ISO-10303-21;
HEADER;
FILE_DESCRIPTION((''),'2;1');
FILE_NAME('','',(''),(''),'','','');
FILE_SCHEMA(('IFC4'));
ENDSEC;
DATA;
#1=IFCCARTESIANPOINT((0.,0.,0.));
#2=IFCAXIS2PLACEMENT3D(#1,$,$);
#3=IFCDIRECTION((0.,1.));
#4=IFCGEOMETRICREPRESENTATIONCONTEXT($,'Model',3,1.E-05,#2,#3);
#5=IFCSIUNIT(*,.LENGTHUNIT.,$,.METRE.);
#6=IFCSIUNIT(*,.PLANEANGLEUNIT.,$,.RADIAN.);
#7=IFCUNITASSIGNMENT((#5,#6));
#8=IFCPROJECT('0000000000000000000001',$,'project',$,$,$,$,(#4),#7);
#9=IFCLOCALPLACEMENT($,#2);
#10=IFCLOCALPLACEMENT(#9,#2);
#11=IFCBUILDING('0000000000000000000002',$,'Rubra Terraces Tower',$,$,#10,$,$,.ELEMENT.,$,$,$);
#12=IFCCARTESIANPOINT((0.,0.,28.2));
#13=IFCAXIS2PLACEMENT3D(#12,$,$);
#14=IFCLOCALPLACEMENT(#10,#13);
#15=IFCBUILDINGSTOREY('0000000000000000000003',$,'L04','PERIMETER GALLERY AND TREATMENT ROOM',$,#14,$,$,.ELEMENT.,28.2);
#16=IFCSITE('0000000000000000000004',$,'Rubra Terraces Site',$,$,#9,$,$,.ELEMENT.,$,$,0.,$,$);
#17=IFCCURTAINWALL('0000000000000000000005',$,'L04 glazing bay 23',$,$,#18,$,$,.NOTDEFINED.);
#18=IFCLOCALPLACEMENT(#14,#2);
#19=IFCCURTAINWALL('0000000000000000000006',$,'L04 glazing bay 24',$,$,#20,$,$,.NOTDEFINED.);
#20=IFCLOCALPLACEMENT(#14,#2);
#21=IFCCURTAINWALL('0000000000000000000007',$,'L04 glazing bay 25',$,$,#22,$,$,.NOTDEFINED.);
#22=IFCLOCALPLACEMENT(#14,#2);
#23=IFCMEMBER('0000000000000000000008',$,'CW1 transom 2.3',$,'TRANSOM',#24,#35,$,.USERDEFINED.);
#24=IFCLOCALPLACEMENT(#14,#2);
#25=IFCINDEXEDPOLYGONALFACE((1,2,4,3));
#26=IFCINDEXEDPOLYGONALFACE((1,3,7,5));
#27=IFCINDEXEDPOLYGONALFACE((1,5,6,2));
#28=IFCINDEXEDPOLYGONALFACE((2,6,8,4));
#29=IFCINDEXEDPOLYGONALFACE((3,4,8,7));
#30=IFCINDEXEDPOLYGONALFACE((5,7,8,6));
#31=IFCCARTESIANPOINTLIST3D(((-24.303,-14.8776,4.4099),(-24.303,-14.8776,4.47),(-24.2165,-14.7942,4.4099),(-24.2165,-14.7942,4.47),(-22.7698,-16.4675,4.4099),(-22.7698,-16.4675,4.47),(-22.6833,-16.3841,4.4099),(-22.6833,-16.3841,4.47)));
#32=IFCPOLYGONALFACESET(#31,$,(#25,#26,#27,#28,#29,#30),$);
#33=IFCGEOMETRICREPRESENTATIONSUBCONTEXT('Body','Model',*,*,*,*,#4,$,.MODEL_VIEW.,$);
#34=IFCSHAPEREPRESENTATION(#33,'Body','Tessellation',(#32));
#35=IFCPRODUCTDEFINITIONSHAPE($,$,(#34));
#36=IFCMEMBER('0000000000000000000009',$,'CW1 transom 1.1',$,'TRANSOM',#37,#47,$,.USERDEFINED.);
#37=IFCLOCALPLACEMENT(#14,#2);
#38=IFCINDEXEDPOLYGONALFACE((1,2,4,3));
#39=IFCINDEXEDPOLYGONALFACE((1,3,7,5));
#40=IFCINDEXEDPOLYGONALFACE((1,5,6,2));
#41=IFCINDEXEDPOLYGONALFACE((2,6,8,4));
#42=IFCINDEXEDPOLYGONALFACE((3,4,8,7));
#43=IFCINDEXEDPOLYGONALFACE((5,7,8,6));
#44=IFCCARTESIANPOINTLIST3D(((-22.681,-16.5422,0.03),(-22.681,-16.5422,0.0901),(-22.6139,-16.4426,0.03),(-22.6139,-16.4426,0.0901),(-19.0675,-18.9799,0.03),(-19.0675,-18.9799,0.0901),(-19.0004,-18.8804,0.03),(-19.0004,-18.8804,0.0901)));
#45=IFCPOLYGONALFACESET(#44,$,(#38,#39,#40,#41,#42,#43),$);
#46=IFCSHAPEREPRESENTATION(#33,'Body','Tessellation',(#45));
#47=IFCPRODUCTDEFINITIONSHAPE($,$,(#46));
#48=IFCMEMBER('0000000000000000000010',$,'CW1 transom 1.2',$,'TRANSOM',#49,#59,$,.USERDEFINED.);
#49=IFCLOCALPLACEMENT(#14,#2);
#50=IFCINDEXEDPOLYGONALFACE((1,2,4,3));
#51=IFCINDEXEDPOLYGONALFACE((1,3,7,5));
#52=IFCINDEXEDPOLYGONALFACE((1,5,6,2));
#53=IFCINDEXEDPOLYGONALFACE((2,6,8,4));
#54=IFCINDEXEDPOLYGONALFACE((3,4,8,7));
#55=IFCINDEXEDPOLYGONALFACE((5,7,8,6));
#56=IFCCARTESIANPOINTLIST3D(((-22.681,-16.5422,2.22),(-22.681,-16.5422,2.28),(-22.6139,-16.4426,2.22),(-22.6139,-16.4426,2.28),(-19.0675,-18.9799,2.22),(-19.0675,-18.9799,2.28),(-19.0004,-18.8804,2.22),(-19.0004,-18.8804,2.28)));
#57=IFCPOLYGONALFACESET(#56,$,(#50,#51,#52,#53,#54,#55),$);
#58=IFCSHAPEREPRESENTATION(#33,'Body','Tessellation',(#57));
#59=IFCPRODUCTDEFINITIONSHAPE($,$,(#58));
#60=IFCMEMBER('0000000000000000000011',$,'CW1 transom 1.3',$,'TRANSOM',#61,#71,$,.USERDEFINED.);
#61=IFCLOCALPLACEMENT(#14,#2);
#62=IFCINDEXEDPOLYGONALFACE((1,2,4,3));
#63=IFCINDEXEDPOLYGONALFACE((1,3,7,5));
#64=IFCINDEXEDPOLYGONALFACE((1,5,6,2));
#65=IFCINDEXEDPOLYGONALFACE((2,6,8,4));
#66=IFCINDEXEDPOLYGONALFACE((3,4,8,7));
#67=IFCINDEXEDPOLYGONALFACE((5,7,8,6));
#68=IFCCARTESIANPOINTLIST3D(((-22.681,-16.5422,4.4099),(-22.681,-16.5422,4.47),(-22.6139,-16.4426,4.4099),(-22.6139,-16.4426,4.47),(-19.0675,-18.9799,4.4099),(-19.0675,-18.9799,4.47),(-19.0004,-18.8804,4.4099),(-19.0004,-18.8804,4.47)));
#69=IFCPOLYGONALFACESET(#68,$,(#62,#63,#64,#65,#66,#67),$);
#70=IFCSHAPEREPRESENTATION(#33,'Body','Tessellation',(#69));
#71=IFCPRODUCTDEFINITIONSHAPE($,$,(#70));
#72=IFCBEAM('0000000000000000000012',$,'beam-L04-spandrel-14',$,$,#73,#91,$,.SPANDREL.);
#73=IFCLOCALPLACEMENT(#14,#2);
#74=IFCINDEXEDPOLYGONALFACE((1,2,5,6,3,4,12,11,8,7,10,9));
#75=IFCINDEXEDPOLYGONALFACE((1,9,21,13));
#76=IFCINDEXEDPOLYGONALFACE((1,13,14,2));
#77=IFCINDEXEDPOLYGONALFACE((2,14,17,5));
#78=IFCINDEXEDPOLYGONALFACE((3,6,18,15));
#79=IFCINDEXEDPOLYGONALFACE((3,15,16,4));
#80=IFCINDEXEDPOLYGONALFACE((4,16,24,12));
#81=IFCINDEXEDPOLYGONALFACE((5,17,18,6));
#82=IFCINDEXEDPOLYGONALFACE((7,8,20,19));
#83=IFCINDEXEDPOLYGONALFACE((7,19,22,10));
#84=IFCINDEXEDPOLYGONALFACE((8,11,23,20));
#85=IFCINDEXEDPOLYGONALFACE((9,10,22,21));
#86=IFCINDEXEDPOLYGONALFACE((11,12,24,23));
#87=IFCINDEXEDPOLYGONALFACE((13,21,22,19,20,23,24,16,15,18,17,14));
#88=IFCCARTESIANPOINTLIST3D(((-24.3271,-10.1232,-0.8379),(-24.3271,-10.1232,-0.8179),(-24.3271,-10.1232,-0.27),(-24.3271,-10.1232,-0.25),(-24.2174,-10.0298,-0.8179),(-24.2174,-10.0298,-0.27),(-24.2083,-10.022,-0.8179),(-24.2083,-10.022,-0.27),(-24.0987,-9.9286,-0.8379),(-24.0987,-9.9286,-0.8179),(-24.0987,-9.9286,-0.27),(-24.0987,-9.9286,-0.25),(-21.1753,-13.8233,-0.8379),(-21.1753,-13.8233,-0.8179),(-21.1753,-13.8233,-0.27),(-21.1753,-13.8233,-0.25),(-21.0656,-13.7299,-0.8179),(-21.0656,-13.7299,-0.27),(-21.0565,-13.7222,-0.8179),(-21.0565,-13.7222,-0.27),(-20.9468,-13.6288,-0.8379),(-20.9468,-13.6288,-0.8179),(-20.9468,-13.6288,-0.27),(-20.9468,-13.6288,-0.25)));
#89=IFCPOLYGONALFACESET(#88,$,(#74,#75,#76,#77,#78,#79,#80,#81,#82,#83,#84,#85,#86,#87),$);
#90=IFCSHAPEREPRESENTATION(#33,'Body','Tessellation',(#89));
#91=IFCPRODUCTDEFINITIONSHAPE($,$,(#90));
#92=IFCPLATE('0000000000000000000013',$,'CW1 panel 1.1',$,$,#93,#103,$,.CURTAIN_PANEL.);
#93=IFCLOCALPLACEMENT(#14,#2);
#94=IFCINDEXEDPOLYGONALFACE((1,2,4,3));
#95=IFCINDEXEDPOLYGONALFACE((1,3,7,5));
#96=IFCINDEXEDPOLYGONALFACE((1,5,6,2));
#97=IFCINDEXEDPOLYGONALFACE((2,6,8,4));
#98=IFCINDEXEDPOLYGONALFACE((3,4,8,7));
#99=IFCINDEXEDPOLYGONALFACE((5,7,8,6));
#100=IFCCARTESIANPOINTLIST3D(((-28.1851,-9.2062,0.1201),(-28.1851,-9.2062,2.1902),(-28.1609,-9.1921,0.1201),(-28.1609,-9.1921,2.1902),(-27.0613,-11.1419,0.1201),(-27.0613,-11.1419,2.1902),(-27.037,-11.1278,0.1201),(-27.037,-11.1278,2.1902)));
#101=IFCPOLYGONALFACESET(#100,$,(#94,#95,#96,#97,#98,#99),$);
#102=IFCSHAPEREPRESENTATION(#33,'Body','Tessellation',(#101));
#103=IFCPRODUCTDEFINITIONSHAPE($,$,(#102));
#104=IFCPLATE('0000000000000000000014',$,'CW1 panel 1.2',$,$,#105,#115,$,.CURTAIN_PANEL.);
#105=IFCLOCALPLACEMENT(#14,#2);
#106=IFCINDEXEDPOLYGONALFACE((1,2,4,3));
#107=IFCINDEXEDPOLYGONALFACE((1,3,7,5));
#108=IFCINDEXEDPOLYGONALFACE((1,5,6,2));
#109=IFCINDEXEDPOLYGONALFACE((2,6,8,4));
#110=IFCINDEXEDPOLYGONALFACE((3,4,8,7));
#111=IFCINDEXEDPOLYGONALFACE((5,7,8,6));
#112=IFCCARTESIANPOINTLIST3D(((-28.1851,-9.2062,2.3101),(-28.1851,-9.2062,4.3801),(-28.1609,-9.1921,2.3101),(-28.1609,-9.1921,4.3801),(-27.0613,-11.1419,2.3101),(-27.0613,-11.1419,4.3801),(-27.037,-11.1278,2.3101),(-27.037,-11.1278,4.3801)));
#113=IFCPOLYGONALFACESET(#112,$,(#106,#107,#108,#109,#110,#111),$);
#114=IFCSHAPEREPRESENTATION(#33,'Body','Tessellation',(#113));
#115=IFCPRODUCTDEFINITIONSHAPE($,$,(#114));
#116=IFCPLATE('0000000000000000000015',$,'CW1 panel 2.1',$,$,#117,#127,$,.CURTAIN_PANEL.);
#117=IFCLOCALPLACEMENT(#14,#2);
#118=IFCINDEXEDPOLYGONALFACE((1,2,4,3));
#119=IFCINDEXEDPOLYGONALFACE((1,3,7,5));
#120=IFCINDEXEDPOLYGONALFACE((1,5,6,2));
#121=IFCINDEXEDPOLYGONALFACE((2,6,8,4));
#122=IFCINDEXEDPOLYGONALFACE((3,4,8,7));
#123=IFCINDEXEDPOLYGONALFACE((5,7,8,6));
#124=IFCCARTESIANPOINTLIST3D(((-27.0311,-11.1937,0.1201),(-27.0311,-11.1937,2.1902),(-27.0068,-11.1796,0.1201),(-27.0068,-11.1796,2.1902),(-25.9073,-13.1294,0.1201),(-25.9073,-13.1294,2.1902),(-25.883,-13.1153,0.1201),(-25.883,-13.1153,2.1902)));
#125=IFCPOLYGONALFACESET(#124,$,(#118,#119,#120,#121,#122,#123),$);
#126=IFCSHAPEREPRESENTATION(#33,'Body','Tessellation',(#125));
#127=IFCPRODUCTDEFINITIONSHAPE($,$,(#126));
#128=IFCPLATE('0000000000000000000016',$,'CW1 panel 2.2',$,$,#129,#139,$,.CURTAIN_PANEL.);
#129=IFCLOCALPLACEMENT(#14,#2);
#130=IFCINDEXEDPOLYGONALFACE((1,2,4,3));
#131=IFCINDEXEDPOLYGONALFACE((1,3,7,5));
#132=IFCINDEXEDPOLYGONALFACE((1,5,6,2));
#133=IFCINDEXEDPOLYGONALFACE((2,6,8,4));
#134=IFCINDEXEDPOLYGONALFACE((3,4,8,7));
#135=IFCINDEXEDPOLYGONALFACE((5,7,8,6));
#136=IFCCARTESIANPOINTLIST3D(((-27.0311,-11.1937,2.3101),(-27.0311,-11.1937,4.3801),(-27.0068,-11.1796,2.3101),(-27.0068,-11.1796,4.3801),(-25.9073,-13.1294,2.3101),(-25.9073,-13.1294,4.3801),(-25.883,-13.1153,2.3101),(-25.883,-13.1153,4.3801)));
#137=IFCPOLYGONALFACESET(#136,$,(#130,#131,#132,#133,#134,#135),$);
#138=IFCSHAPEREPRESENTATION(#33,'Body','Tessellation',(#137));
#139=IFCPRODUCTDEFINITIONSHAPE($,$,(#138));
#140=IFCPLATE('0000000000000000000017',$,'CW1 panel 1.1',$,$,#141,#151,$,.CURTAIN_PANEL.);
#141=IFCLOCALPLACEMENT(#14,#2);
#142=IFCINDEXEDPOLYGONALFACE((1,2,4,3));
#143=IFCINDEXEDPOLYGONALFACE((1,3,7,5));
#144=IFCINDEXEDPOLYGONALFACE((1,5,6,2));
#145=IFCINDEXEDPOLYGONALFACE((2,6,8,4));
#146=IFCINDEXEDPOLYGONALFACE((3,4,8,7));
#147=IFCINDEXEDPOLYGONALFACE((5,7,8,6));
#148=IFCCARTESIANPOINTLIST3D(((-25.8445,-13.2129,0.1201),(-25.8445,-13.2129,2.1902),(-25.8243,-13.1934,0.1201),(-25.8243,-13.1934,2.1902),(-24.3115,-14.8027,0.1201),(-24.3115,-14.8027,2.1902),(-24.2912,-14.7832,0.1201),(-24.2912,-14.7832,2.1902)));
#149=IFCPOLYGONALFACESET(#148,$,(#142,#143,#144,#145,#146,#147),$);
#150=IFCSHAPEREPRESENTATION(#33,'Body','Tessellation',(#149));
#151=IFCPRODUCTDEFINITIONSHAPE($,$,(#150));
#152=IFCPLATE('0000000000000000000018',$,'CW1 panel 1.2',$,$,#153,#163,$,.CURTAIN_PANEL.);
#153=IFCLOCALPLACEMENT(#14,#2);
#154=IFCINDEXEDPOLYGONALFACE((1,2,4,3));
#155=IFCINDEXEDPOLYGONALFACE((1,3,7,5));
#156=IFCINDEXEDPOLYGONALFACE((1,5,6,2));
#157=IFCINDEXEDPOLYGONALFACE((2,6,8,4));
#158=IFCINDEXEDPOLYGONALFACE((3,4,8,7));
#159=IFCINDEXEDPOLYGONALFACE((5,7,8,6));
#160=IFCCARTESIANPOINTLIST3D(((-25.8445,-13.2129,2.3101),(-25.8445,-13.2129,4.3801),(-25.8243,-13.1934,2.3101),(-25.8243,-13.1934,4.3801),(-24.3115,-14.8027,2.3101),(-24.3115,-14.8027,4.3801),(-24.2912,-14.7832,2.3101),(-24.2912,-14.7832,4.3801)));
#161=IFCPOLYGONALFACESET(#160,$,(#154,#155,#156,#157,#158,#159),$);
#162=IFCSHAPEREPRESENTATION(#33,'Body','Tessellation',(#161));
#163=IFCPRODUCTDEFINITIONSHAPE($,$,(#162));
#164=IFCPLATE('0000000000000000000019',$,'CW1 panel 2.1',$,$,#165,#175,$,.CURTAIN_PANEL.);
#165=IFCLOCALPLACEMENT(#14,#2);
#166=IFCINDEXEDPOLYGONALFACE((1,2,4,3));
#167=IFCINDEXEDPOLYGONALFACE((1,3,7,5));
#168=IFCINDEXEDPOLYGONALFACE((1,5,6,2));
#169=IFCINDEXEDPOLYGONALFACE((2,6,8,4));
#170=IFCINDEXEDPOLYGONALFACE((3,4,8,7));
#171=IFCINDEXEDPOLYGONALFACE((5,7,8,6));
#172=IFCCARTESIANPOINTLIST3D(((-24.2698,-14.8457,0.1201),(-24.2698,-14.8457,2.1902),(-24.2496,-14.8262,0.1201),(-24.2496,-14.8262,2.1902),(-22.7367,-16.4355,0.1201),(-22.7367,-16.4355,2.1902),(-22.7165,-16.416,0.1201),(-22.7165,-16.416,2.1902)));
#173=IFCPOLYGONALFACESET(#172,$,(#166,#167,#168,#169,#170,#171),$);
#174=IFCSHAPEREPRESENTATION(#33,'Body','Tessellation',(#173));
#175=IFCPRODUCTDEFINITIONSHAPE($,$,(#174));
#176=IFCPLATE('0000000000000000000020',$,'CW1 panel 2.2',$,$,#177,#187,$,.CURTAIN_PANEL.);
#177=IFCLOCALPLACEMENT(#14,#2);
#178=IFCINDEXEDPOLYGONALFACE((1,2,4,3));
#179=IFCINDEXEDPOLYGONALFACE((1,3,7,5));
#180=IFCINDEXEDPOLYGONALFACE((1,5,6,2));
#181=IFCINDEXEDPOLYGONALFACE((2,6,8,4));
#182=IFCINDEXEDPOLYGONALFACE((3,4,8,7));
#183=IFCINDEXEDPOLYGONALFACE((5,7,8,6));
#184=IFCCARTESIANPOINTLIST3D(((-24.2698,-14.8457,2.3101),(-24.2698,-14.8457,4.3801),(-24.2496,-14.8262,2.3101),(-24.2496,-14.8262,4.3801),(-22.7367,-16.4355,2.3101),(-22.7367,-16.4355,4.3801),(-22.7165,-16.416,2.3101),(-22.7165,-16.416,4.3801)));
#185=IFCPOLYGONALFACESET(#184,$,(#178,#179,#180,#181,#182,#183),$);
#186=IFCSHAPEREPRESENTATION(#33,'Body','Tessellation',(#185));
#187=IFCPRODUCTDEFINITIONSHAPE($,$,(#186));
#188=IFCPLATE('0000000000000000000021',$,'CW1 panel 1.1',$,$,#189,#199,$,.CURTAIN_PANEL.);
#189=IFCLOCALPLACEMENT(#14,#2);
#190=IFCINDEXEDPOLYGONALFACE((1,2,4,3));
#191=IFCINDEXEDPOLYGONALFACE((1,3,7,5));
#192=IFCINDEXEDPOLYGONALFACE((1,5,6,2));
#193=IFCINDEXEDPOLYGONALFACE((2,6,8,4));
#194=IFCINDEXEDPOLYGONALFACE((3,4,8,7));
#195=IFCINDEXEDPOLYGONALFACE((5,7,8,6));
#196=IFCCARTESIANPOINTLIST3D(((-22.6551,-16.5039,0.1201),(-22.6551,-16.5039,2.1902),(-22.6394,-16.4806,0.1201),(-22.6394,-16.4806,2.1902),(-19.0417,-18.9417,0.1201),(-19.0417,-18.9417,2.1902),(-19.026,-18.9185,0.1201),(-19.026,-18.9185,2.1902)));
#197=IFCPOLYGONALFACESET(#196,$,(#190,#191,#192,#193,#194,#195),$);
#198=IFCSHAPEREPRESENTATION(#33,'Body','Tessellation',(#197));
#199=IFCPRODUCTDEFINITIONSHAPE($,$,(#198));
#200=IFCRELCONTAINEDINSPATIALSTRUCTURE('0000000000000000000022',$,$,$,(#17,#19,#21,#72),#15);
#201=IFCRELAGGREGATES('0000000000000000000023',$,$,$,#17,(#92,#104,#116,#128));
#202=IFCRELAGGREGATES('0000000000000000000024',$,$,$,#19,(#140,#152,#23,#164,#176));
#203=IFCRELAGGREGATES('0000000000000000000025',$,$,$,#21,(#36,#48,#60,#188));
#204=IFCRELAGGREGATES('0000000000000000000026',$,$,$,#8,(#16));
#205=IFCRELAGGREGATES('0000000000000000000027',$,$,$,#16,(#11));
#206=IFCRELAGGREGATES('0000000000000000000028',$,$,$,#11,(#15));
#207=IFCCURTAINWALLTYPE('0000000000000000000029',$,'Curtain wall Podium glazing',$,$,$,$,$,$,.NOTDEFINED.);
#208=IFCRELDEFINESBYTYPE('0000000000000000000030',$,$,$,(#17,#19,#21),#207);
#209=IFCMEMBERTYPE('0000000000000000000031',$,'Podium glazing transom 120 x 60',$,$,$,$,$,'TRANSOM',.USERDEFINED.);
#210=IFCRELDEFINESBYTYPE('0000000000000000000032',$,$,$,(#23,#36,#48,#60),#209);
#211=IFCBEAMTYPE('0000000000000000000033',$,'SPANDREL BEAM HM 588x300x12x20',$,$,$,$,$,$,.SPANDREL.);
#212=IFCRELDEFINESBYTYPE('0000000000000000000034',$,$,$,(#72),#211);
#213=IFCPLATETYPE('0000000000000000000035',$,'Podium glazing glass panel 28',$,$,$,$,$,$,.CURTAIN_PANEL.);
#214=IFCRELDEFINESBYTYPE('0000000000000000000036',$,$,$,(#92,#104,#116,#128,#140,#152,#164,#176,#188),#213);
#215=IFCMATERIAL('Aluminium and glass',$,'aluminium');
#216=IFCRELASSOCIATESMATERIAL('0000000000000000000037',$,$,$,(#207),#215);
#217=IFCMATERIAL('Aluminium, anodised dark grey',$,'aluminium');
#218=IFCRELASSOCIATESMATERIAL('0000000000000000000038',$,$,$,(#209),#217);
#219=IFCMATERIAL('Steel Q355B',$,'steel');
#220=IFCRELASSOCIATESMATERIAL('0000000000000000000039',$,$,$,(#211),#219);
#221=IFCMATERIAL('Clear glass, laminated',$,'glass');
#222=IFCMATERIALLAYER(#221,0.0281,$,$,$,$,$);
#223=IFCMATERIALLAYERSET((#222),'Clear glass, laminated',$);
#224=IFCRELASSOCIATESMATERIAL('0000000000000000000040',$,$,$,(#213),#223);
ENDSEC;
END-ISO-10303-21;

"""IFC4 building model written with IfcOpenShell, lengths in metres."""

from ifc_helpers import new_model, si_unit, direction, frame, origin, origin_2d, place, context, subcontext, project, spatial, rectangle, i_section, extrude, material, layer, layer_set, material_profile, profile_set, type_object, element, aggregate, save


model = new_model("IFC4")

# Units and contexts
model_context = context("Model", 3, precision=1e-05, world=origin(), true_north=direction((0.0, 1.0)))
body_context = subcontext(model_context, "Body", "Model", "MODEL_VIEW")
ifc_project = project(units=[si_unit("LENGTHUNIT", "METRE"), si_unit("PLANEANGLEUNIT", "RADIAN")], contexts=[model_context])

# Site, building, storey
site_placement = place(None, origin())
site = spatial("IfcSite", under=ifc_project, at=site_placement, Name="Rubra Terraces Site", CompositionType="ELEMENT", RefElevation=0.0)
building_placement = place(site_placement, origin())
building = spatial("IfcBuilding", under=site, at=building_placement, Name="Rubra Terraces Tower", CompositionType="ELEMENT")
storey_placement = place(building_placement, frame((0.0, 0.0, 28.2)))
storey = spatial("IfcBuildingStorey", under=building, at=storey_placement, Name="L04", Description="PERIMETER GALLERY AND TREATMENT ROOM", CompositionType="ELEMENT", Elevation=28.2)

# Shared definitions
ifc_material_1 = material(Name="Steel Q355B", Category="steel")

# Curtain wall
ifc_material_2 = material(Name="Aluminium and glass", Category="aluminium")
curtain_wall_type = type_object("IfcCurtainWallType", Name="Curtain wall Podium glazing", PredefinedType="NOTDEFINED", material=ifc_material_2)
curtain_wall_1_placement = place(storey_placement, origin())
curtain_wall_1 = element("IfcCurtainWall", 1, at=curtain_wall_1_placement, inside=storey, type_object=curtain_wall_type, Name="L04 glazing bay 23", PredefinedType="NOTDEFINED")
ifc_material_3 = material(Name="Aluminium, anodised dark grey", Category="aluminium")

# Curtain wall
curtain_wall_2_placement = place(storey_placement, origin())
curtain_wall_2 = element("IfcCurtainWall", 2, at=curtain_wall_2_placement, inside=storey, type_object=curtain_wall_type, Name="L04 glazing bay 24", PredefinedType="NOTDEFINED")

# Curtain wall
curtain_wall_3_placement = place(storey_placement, origin())
curtain_wall_3 = element("IfcCurtainWall", 3, at=curtain_wall_3_placement, inside=storey, type_object=curtain_wall_type, Name="L04 glazing bay 25", PredefinedType="NOTDEFINED")

# Members
ifc_material_profile_1 = material_profile(ifc_material_3, rectangle(XDim=0.1201, YDim=0.0601, at=origin_2d()), Name="AL 120x60")
ifc_profile_set_1 = profile_set([ifc_material_profile_1], Name="Aluminium, anodised dark grey")
member_type_1 = type_object("IfcMemberType", Name="Podium glazing transom 120 x 60", ElementType="TRANSOM", PredefinedType="USERDEFINED", material=ifc_profile_set_1)
member_1_placement = place(storey_placement, frame((-24.2598, -14.8359, 4.4399), z_axis=(0.694168, -0.719813, 0.0), x_axis=(0.719813, 0.694168, 0.0)))
member_1 = element("IfcMember", 4, at=member_1_placement, type_object=member_type_1, Name="CW1 transom 2.3", ObjectType="TRANSOM", PredefinedType="USERDEFINED", context=body_context, shape_type="SweptSolid", body=[
    extrude(rectangle(XDim=0.1201, YDim=0.0601, at=origin_2d()), origin(), (0.0, 0.0, 1.0), 2.2087),
])
member_2_placement = place(storey_placement, frame((-22.6475, -16.4924, 0.0601), z_axis=(0.828996, -0.559254, 0.0), x_axis=(0.559254, 0.828996, 0.0)))
member_2 = element("IfcMember", 5, at=member_2_placement, type_object=member_type_1, Name="CW1 transom 1.1", ObjectType="TRANSOM", PredefinedType="USERDEFINED", context=body_context, shape_type="SweptSolid", body=[
    extrude(rectangle(XDim=0.1201, YDim=0.0601, at=origin_2d()), origin(), (0.0, 0.0, 1.0), 4.3589),
])
member_3_placement = place(storey_placement, frame((-22.6475, -16.4924, 2.25), z_axis=(0.828996, -0.559254, 0.0), x_axis=(0.559254, 0.828996, 0.0)))
member_3 = element("IfcMember", 6, at=member_3_placement, type_object=member_type_1, Name="CW1 transom 1.2", ObjectType="TRANSOM", PredefinedType="USERDEFINED", context=body_context, shape_type="SweptSolid", body=[
    extrude(rectangle(XDim=0.1201, YDim=0.0601, at=origin_2d()), origin(), (0.0, 0.0, 1.0), 4.3589),
])
member_4_placement = place(storey_placement, frame((-22.6475, -16.4924, 4.4399), z_axis=(0.828996, -0.559254, 0.0), x_axis=(0.559254, 0.828996, 0.0)))
member_4 = element("IfcMember", 7, at=member_4_placement, type_object=member_type_1, Name="CW1 transom 1.3", ObjectType="TRANSOM", PredefinedType="USERDEFINED", context=body_context, shape_type="SweptSolid", body=[
    extrude(rectangle(XDim=0.1201, YDim=0.0601, at=origin_2d()), origin(), (0.0, 0.0, 1.0), 4.3589),
])

# Beam
ifc_material_profile_2 = material_profile(ifc_material_1, i_section(OverallWidth=0.3, OverallDepth=0.5879, WebThickness=0.012, FlangeThickness=0.02, at=origin_2d()), Name="HM 588x300x12x20")
ifc_profile_set_2 = profile_set([ifc_material_profile_2], Name="Steel Q355B")
beam_type_1 = type_object("IfcBeamType", Name="SPANDREL BEAM HM 588x300x12x20", PredefinedType="SPANDREL", material=ifc_profile_set_2)
beam_1_placement = place(storey_placement, frame((-24.2129, -10.0259, -0.5439), z_axis=(0.648447, -0.76126, 0.0), x_axis=(0.76126, 0.648447, 0.0)))
element("IfcBeam", 8, at=beam_1_placement, inside=storey, type_object=beam_type_1, Name="beam-L04-spandrel-14", PredefinedType="SPANDREL", context=body_context, shape_type="SweptSolid", body=[
    extrude(i_section(OverallWidth=0.3, OverallDepth=0.5879, WebThickness=0.012, FlangeThickness=0.02, at=origin_2d()), origin(), (0.0, 0.0, 1.0), 4.8606),
])

# Plates
ifc_material_4 = material(Name="Clear glass, laminated", Category="glass")
ifc_layer_1 = layer(ifc_material_4, 0.0281)
ifc_layer_set_1 = layer_set([ifc_layer_1], Name="Clear glass, laminated")
plate_type = type_object("IfcPlateType", Name="Podium glazing glass panel 28", PredefinedType="CURTAIN_PANEL", material=ifc_layer_set_1)
plate_1_placement = place(storey_placement, frame((-27.6111, -10.167, 0.1201), z_axis=(0.0, 0.0, 1.0), x_axis=(0.502094, -0.864813, 0.0)))
plate_1 = element("IfcPlate", 9, at=plate_1_placement, type_object=plate_type, Name="CW1 panel 1.1", PredefinedType="CURTAIN_PANEL", context=body_context, shape_type="SweptSolid", body=[
    extrude(rectangle(XDim=2.2383, YDim=0.0281, at=origin_2d()), origin(), (0.0, 0.0, 1.0), 2.0701),
])
plate_2_placement = place(storey_placement, frame((-27.6111, -10.167, 2.3101), z_axis=(0.0, 0.0, 1.0), x_axis=(0.502094, -0.864813, 0.0)))
plate_2 = element("IfcPlate", 10, at=plate_2_placement, type_object=plate_type, Name="CW1 panel 1.2", PredefinedType="CURTAIN_PANEL", context=body_context, shape_type="SweptSolid", body=[
    extrude(rectangle(XDim=2.2383, YDim=0.0281, at=origin_2d()), origin(), (0.0, 0.0, 1.0), 2.0701),
])
plate_3_placement = place(storey_placement, frame((-26.457, -12.1545, 0.1201), z_axis=(0.0, 0.0, 1.0), x_axis=(0.502094, -0.864813, 0.0)))
plate_3 = element("IfcPlate", 11, at=plate_3_placement, type_object=plate_type, Name="CW1 panel 2.1", PredefinedType="CURTAIN_PANEL", context=body_context, shape_type="SweptSolid", body=[
    extrude(rectangle(XDim=2.2383, YDim=0.0281, at=origin_2d()), origin(), (0.0, 0.0, 1.0), 2.0701),
])
plate_4_placement = place(storey_placement, frame((-26.457, -12.1545, 2.3101), z_axis=(0.0, 0.0, 1.0), x_axis=(0.502094, -0.864813, 0.0)))
plate_4 = element("IfcPlate", 12, at=plate_4_placement, type_object=plate_type, Name="CW1 panel 2.2", PredefinedType="CURTAIN_PANEL", context=body_context, shape_type="SweptSolid", body=[
    extrude(rectangle(XDim=2.2383, YDim=0.0281, at=origin_2d()), origin(), (0.0, 0.0, 1.0), 2.0701),
])
aggregate(curtain_wall_1, [plate_1, plate_2, plate_3, plate_4])
plate_5_placement = place(storey_placement, frame((-25.0679, -13.998, 0.1201), z_axis=(0.0, 0.0, 1.0), x_axis=(0.694156, -0.719825, 0.0)))
plate_5 = element("IfcPlate", 13, at=plate_5_placement, type_object=plate_type, Name="CW1 panel 1.1", PredefinedType="CURTAIN_PANEL", context=body_context, shape_type="SweptSolid", body=[
    extrude(rectangle(XDim=2.2085, YDim=0.0281, at=origin_2d()), origin(), (0.0, 0.0, 1.0), 2.0701),
])
plate_6_placement = place(storey_placement, frame((-25.0679, -13.998, 2.3101), z_axis=(0.0, 0.0, 1.0), x_axis=(0.694156, -0.719825, 0.0)))
plate_6 = element("IfcPlate", 14, at=plate_6_placement, type_object=plate_type, Name="CW1 panel 1.2", PredefinedType="CURTAIN_PANEL", context=body_context, shape_type="SweptSolid", body=[
    extrude(rectangle(XDim=2.2085, YDim=0.0281, at=origin_2d()), origin(), (0.0, 0.0, 1.0), 2.0701),
])
plate_7_placement = place(storey_placement, frame((-23.4932, -15.6309, 0.1201), z_axis=(0.0, 0.0, 1.0), x_axis=(0.694156, -0.719825, 0.0)))
plate_7 = element("IfcPlate", 15, at=plate_7_placement, type_object=plate_type, Name="CW1 panel 2.1", PredefinedType="CURTAIN_PANEL", context=body_context, shape_type="SweptSolid", body=[
    extrude(rectangle(XDim=2.2085, YDim=0.0281, at=origin_2d()), origin(), (0.0, 0.0, 1.0), 2.0701),
])
plate_8_placement = place(storey_placement, frame((-23.4932, -15.6309, 2.3101), z_axis=(0.0, 0.0, 1.0), x_axis=(0.694156, -0.719825, 0.0)))
plate_8 = element("IfcPlate", 16, at=plate_8_placement, type_object=plate_type, Name="CW1 panel 2.2", PredefinedType="CURTAIN_PANEL", context=body_context, shape_type="SweptSolid", body=[
    extrude(rectangle(XDim=2.2085, YDim=0.0281, at=origin_2d()), origin(), (0.0, 0.0, 1.0), 2.0701),
])
aggregate(curtain_wall_2, [plate_5, plate_6, member_1, plate_7, plate_8])
plate_9_placement = place(storey_placement, frame((-20.8406, -17.7112, 0.1201), z_axis=(0.0, 0.0, 1.0), x_axis=(0.828981, -0.559277, 0.0)))
plate_9 = element("IfcPlate", 17, at=plate_9_placement, type_object=plate_type, Name="CW1 panel 1.1", PredefinedType="CURTAIN_PANEL", context=body_context, shape_type="SweptSolid", body=[
    extrude(rectangle(XDim=4.3589, YDim=0.0281, at=origin_2d()), origin(), (0.0, 0.0, 1.0), 2.0701),
])
aggregate(curtain_wall_3, [member_2, member_3, member_4, plate_9])

save(model, "model.ifc")
